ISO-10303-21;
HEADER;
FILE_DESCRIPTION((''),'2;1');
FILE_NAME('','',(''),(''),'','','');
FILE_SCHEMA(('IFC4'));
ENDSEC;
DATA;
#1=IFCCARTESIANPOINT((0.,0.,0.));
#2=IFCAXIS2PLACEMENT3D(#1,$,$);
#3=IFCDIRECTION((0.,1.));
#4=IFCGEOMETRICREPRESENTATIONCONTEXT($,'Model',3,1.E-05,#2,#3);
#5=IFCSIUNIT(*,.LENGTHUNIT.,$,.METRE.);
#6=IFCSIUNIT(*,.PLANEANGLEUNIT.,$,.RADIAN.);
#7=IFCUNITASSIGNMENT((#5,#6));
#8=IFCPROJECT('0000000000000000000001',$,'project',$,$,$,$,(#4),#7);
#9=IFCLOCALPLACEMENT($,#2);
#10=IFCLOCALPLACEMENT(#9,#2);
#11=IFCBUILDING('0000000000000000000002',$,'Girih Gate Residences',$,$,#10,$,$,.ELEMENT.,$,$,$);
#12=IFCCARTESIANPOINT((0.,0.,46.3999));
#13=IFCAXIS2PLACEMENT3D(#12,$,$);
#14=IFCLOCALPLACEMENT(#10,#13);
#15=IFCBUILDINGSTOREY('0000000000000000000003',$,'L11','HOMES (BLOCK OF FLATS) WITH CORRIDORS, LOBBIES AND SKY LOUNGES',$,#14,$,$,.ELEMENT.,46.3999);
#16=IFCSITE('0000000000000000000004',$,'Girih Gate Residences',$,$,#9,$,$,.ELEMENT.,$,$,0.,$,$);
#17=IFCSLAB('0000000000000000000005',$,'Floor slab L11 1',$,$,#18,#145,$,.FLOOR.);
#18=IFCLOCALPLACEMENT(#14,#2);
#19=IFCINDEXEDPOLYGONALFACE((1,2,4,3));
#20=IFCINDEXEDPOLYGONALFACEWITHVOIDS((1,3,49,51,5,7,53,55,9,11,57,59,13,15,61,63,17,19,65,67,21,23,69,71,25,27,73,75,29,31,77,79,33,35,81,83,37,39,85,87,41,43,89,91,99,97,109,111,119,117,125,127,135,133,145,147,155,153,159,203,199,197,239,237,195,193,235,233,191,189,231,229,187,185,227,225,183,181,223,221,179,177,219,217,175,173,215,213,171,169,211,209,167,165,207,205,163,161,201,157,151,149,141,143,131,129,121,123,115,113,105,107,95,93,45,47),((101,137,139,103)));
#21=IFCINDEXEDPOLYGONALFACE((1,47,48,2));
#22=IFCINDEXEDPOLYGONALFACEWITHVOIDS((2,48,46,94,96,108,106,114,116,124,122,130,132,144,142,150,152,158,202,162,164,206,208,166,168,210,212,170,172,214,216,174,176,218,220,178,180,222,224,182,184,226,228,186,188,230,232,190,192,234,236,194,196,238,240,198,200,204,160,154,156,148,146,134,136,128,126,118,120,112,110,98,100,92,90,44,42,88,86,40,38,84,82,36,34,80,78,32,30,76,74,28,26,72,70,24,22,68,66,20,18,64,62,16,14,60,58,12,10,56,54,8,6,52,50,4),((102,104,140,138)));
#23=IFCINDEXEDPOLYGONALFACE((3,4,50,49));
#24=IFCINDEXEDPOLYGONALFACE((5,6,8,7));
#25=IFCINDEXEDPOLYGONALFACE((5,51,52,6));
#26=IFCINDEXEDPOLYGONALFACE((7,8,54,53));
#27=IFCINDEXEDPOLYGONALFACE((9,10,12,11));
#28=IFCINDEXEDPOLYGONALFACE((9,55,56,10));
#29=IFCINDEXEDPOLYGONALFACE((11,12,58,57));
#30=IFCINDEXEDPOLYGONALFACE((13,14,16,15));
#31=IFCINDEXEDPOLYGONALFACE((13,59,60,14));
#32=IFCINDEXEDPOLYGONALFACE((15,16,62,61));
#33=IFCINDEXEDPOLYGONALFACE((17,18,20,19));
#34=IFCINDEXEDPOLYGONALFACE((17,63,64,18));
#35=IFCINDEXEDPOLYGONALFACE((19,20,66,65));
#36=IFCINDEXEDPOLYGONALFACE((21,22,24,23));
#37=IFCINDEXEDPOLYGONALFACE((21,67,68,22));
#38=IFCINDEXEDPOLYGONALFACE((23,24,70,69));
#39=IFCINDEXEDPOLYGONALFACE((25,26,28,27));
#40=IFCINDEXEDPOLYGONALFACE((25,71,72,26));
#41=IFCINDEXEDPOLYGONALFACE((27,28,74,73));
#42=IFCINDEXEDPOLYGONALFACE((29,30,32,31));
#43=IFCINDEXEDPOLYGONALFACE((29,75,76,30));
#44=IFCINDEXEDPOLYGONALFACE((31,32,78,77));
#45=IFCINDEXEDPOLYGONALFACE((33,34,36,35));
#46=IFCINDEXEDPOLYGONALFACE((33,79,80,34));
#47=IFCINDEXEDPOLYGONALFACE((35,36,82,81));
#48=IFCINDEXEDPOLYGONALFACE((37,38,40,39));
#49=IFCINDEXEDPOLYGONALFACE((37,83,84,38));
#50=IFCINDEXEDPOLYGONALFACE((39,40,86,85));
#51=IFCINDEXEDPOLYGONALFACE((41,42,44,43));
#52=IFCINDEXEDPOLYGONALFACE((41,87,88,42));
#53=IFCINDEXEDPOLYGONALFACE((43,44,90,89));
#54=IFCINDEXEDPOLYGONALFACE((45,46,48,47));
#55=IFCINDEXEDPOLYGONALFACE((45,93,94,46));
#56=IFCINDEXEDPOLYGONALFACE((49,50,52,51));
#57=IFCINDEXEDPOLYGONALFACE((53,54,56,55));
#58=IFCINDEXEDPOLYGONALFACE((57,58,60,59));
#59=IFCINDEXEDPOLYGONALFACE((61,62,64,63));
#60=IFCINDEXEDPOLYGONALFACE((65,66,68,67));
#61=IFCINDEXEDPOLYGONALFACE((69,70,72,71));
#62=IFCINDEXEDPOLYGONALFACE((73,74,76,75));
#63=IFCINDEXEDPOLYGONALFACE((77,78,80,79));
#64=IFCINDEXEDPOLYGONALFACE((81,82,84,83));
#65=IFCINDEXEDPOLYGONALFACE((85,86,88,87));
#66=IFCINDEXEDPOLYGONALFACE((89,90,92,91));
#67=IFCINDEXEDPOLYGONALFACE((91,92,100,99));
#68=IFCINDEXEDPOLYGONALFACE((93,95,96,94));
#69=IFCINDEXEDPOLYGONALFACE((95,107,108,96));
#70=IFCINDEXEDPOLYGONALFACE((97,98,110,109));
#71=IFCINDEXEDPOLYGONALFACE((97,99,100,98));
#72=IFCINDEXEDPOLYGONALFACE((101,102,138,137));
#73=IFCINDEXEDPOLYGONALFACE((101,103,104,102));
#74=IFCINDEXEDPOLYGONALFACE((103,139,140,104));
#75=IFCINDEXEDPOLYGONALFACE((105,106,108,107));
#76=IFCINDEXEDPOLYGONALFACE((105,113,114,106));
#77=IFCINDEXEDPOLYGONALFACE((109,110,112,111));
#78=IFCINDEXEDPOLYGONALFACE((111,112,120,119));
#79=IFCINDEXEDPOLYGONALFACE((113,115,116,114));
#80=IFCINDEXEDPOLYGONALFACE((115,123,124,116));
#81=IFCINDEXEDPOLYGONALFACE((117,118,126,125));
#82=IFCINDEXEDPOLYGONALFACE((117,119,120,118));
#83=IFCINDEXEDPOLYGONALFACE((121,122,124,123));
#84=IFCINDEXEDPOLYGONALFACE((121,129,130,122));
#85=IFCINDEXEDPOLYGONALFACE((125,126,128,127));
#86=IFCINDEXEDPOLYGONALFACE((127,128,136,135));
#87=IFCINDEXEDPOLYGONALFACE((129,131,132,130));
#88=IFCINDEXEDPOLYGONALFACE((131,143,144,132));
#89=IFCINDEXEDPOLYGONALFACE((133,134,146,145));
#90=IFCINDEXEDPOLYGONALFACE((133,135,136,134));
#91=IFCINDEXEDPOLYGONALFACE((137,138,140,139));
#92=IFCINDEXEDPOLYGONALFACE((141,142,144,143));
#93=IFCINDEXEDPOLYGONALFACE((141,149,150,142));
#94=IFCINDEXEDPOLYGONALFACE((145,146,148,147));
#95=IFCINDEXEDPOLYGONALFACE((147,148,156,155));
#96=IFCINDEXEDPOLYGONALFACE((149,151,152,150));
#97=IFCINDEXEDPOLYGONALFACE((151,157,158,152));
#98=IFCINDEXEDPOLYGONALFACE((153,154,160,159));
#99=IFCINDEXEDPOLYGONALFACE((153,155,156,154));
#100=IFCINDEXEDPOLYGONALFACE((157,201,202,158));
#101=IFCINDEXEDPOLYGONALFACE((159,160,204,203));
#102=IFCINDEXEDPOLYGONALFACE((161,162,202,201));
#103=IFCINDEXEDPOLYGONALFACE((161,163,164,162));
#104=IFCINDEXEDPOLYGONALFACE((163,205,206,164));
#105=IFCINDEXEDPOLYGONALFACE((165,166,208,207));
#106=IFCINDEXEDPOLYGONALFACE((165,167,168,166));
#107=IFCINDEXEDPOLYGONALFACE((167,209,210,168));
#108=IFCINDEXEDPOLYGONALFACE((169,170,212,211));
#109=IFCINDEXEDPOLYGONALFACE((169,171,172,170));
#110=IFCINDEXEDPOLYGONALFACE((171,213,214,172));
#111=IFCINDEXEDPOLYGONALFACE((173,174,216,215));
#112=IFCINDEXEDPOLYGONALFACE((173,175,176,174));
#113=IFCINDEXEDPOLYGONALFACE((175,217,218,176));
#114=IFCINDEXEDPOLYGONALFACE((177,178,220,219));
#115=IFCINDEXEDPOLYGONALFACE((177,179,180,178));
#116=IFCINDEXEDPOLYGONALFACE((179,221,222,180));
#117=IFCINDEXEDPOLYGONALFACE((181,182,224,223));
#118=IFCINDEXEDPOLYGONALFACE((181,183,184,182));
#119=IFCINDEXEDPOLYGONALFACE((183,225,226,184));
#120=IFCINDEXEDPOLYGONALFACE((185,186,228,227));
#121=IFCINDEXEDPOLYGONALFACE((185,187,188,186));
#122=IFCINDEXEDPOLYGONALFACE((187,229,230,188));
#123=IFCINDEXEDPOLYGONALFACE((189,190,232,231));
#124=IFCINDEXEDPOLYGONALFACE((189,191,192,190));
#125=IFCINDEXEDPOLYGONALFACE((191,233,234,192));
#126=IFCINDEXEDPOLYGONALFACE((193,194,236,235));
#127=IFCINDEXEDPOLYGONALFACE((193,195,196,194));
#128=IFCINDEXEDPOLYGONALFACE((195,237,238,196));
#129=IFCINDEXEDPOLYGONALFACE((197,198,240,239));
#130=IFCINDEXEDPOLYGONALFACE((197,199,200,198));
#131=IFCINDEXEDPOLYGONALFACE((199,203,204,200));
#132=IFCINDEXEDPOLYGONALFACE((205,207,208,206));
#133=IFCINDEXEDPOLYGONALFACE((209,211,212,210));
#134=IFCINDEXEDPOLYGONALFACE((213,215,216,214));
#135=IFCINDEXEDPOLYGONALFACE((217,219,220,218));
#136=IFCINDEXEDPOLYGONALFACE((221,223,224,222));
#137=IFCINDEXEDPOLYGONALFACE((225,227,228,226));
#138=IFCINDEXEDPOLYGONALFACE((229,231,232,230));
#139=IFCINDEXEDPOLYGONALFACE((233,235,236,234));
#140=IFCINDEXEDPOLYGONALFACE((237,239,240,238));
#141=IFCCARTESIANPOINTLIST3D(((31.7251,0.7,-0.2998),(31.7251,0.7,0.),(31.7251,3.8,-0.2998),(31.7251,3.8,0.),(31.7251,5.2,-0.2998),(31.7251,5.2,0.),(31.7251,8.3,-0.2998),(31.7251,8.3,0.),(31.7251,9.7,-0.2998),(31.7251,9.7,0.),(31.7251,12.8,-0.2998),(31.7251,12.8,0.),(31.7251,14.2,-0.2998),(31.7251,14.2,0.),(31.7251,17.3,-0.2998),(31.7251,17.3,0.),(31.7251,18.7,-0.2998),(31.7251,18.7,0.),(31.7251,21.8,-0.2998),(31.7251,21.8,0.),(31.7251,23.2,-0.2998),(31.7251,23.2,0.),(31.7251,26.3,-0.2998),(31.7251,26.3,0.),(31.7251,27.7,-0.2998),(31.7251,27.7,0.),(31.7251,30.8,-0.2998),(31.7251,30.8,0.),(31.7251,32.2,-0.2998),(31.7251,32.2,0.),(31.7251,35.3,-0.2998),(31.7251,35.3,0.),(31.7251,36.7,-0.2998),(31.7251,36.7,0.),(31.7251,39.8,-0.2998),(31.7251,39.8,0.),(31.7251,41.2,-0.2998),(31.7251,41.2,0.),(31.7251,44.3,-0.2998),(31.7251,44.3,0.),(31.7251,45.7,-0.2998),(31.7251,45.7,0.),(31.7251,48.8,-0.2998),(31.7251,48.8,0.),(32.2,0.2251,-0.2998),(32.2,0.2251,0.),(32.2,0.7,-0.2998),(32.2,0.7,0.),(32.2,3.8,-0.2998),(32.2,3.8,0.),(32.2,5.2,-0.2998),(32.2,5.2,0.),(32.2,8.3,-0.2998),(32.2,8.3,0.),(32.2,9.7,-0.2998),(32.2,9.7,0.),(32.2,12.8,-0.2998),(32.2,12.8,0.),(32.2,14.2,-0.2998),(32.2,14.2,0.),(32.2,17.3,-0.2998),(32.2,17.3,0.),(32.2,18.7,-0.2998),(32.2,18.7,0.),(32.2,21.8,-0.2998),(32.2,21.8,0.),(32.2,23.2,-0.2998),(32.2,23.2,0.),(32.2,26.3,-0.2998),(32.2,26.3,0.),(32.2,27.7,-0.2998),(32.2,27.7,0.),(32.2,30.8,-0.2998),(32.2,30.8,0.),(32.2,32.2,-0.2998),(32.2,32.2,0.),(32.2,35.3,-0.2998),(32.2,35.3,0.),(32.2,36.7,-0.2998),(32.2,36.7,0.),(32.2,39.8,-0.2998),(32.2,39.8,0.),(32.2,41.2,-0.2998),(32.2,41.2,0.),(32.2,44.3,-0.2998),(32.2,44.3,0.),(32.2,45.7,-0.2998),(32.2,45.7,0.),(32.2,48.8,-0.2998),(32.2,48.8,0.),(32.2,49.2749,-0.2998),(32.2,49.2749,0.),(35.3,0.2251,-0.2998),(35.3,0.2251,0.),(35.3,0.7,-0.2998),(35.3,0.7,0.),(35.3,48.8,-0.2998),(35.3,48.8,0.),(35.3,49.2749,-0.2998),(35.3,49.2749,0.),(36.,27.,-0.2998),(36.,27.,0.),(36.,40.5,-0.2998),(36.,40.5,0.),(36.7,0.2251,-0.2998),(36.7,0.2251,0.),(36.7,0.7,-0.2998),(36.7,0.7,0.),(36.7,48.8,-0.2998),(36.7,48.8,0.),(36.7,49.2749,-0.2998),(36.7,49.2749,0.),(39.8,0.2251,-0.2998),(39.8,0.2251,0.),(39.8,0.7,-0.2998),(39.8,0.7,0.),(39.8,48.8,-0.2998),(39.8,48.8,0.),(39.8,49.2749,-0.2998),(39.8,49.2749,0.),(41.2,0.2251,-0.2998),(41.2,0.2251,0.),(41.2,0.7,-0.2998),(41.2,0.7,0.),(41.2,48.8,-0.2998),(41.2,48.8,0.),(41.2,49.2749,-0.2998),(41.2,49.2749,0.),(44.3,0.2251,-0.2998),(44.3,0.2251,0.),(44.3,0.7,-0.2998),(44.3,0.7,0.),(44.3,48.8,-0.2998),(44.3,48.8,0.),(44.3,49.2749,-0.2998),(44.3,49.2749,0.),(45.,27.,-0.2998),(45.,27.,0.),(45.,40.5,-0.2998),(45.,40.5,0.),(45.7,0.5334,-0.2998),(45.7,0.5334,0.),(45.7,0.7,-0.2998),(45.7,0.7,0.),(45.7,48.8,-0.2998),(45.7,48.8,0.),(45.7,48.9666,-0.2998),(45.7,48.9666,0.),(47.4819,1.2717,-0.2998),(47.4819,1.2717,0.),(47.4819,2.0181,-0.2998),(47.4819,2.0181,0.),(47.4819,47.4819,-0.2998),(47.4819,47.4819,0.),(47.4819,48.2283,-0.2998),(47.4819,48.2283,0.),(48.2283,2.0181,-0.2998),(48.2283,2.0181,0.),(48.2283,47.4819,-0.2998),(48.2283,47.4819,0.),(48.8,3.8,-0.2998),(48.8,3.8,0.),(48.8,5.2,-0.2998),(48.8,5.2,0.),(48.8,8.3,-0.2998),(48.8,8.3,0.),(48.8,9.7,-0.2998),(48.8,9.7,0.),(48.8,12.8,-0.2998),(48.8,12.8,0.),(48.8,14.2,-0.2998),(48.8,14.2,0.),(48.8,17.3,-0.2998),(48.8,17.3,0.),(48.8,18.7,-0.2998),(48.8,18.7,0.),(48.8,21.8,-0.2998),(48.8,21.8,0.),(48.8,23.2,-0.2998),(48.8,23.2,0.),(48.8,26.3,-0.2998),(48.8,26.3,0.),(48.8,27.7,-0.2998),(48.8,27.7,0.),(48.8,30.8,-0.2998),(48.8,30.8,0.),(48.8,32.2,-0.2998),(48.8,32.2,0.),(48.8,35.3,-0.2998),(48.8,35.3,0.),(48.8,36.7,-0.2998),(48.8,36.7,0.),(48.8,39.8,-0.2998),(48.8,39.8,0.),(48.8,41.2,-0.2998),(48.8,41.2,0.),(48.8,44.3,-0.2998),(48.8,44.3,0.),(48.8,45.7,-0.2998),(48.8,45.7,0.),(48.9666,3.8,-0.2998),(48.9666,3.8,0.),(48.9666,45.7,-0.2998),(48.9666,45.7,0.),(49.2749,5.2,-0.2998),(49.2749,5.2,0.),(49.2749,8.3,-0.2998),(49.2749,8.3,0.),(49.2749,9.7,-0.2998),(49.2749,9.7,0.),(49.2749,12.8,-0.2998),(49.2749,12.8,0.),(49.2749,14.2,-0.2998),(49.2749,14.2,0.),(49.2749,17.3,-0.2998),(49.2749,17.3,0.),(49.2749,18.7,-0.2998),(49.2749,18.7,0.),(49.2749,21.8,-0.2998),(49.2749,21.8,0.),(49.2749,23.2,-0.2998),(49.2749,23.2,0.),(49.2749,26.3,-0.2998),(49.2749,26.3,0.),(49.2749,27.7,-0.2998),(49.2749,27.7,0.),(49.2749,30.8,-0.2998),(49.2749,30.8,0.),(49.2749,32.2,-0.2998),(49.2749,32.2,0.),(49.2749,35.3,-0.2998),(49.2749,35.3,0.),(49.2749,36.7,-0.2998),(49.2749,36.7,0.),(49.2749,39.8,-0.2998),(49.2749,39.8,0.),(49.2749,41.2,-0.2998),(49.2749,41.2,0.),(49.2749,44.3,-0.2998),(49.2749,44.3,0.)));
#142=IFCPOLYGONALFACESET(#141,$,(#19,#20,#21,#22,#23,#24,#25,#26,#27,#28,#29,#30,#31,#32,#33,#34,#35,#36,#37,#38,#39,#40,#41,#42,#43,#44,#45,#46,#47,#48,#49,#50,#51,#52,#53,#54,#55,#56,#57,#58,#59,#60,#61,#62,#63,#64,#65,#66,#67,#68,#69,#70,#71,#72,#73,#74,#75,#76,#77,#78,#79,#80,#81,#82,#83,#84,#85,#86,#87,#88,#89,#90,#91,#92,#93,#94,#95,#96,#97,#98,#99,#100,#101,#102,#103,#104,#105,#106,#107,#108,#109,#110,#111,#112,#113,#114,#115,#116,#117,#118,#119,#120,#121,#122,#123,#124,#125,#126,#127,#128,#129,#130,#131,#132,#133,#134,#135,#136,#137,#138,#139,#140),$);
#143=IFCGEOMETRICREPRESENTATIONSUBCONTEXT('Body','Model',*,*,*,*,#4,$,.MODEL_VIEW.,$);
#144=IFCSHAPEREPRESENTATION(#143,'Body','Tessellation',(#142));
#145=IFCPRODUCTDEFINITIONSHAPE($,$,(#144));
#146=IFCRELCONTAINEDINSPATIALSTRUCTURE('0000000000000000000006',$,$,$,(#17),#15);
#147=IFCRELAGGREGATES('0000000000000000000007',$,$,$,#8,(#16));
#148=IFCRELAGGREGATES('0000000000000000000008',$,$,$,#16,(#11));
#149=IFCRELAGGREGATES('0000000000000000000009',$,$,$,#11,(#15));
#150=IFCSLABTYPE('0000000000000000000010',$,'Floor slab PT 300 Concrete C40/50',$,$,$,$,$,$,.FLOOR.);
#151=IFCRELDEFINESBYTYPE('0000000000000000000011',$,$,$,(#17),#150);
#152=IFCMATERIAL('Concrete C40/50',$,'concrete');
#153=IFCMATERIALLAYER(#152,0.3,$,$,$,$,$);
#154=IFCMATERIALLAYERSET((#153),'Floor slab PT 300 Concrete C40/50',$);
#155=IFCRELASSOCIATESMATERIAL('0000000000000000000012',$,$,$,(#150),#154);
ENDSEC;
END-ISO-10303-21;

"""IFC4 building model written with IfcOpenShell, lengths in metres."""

from ifc_helpers import new_model, si_unit, direction, frame, origin, place, context, subcontext, project, spatial, polyline, outline, extrude, material, layer, layer_set, type_object, element, save


model = new_model("IFC4")

# Units and contexts
model_context = context("Model", 3, precision=1e-05, world=origin(), true_north=direction((0.0, 1.0)))
body_context = subcontext(model_context, "Body", "Model", "MODEL_VIEW")
ifc_project = project(units=[si_unit("LENGTHUNIT", "METRE"), si_unit("PLANEANGLEUNIT", "RADIAN")], contexts=[model_context])

# Site, building, storey
site_placement = place(None, origin())
site = spatial("IfcSite", under=ifc_project, at=site_placement, Name="Girih Gate Residences", CompositionType="ELEMENT", RefElevation=0.0)
building_placement = place(site_placement, origin())
building = spatial("IfcBuilding", under=site, at=building_placement, Name="Girih Gate Residences", CompositionType="ELEMENT")
storey_placement = place(building_placement, frame((0.0, 0.0, 46.3999)))
storey = spatial("IfcBuildingStorey", under=building, at=storey_placement, Name="L11", Description="HOMES (BLOCK OF FLATS) WITH CORRIDORS, LOBBIES AND SKY LOUNGES", CompositionType="ELEMENT", Elevation=46.3999)

# Slab
ifc_material_1 = material(Name="Concrete C40/50", Category="concrete")
ifc_layer_1 = layer(ifc_material_1, 0.3)
ifc_layer_set_1 = layer_set([ifc_layer_1], Name="Floor slab PT 300 Concrete C40/50")
slab_type_1 = type_object("IfcSlabType", Name="Floor slab PT 300 Concrete C40/50", PredefinedType="FLOOR", material=ifc_layer_set_1)
slab_1_placement = place(storey_placement, frame((0.0, 0.0, -0.2998)))
element("IfcSlab", 1, at=slab_1_placement, inside=storey, type_object=slab_type_1, Name="Floor slab L11 1", PredefinedType="FLOOR", context=body_context, shape_type="SweptSolid", body=[
    extrude(outline(polyline([(35.3, 49.2749), (32.2, 49.2749), (32.2, 48.8), (31.7251, 48.8), (31.7251, 45.7), (32.2, 45.7), (32.2, 44.3), (31.7251, 44.3), (31.7251, 41.2), (32.2, 41.2), (32.2, 39.8), (31.7251, 39.8), (31.7251, 36.7), (32.2, 36.7), (32.2, 35.3), (31.7251, 35.3), (31.7251, 32.2), (32.2, 32.2), (32.2, 30.8), (31.7251, 30.8), (31.7251, 27.7), (32.2, 27.7), (32.2, 26.3), (31.7251, 26.3), (31.7251, 23.2), (32.2, 23.2), (32.2, 21.8), (31.7251, 21.8), (31.7251, 18.7), (32.2, 18.7), (32.2, 17.3), (31.7251, 17.3), (31.7251, 14.2), (32.2, 14.2), (32.2, 12.8), (31.7251, 12.8), (31.7251, 9.7), (32.2, 9.7), (32.2, 8.3), (31.7251, 8.3), (31.7251, 5.2), (32.2, 5.2), (32.2, 3.8), (31.7251, 3.8), (31.7251, 0.7), (32.2, 0.7), (32.2, 0.2251), (35.3, 0.2251), (35.3, 0.7), (36.7, 0.7), (36.7, 0.2251), (39.8, 0.2251), (39.8, 0.7), (41.2, 0.7), (41.2, 0.2251), (44.3, 0.2251), (44.3, 0.7), (45.7, 0.7), (45.7, 0.5334), (47.4819, 1.2717), (47.4819, 2.0181), (48.2283, 2.0181), (48.9666, 3.8), (48.8, 3.8), (48.8, 5.2), (49.2749, 5.2), (49.2749, 8.3), (48.8, 8.3), (48.8, 9.7), (49.2749, 9.7), (49.2749, 12.8), (48.8, 12.8), (48.8, 14.2), (49.2749, 14.2), (49.2749, 17.3), (48.8, 17.3), (48.8, 18.7), (49.2749, 18.7), (49.2749, 21.8), (48.8, 21.8), (48.8, 23.2), (49.2749, 23.2), (49.2749, 26.3), (48.8, 26.3), (48.8, 27.7), (49.2749, 27.7), (49.2749, 30.8), (48.8, 30.8), (48.8, 32.2), (49.2749, 32.2), (49.2749, 35.3), (48.8, 35.3), (48.8, 36.7), (49.2749, 36.7), (49.2749, 39.8), (48.8, 39.8), (48.8, 41.2), (49.2749, 41.2), (49.2749, 44.3), (48.8, 44.3), (48.8, 45.7), (48.9666, 45.7), (48.2283, 47.4819), (47.4819, 47.4819), (47.4819, 48.2283), (45.7, 48.9666), (45.7, 48.8), (44.3, 48.8), (44.3, 49.2749), (41.2, 49.2749), (41.2, 48.8), (39.8, 48.8), (39.8, 49.2749), (36.7, 49.2749), (36.7, 48.8), (35.3, 48.8), (35.3, 49.2749)]), holes=[polyline([(45.0, 40.5), (45.0, 27.0), (36.0, 27.0), (36.0, 40.5), (45.0, 40.5)])]), origin(), (0.0, 0.0, 1.0), 0.2998),
])

save(model, "model.ifc")
